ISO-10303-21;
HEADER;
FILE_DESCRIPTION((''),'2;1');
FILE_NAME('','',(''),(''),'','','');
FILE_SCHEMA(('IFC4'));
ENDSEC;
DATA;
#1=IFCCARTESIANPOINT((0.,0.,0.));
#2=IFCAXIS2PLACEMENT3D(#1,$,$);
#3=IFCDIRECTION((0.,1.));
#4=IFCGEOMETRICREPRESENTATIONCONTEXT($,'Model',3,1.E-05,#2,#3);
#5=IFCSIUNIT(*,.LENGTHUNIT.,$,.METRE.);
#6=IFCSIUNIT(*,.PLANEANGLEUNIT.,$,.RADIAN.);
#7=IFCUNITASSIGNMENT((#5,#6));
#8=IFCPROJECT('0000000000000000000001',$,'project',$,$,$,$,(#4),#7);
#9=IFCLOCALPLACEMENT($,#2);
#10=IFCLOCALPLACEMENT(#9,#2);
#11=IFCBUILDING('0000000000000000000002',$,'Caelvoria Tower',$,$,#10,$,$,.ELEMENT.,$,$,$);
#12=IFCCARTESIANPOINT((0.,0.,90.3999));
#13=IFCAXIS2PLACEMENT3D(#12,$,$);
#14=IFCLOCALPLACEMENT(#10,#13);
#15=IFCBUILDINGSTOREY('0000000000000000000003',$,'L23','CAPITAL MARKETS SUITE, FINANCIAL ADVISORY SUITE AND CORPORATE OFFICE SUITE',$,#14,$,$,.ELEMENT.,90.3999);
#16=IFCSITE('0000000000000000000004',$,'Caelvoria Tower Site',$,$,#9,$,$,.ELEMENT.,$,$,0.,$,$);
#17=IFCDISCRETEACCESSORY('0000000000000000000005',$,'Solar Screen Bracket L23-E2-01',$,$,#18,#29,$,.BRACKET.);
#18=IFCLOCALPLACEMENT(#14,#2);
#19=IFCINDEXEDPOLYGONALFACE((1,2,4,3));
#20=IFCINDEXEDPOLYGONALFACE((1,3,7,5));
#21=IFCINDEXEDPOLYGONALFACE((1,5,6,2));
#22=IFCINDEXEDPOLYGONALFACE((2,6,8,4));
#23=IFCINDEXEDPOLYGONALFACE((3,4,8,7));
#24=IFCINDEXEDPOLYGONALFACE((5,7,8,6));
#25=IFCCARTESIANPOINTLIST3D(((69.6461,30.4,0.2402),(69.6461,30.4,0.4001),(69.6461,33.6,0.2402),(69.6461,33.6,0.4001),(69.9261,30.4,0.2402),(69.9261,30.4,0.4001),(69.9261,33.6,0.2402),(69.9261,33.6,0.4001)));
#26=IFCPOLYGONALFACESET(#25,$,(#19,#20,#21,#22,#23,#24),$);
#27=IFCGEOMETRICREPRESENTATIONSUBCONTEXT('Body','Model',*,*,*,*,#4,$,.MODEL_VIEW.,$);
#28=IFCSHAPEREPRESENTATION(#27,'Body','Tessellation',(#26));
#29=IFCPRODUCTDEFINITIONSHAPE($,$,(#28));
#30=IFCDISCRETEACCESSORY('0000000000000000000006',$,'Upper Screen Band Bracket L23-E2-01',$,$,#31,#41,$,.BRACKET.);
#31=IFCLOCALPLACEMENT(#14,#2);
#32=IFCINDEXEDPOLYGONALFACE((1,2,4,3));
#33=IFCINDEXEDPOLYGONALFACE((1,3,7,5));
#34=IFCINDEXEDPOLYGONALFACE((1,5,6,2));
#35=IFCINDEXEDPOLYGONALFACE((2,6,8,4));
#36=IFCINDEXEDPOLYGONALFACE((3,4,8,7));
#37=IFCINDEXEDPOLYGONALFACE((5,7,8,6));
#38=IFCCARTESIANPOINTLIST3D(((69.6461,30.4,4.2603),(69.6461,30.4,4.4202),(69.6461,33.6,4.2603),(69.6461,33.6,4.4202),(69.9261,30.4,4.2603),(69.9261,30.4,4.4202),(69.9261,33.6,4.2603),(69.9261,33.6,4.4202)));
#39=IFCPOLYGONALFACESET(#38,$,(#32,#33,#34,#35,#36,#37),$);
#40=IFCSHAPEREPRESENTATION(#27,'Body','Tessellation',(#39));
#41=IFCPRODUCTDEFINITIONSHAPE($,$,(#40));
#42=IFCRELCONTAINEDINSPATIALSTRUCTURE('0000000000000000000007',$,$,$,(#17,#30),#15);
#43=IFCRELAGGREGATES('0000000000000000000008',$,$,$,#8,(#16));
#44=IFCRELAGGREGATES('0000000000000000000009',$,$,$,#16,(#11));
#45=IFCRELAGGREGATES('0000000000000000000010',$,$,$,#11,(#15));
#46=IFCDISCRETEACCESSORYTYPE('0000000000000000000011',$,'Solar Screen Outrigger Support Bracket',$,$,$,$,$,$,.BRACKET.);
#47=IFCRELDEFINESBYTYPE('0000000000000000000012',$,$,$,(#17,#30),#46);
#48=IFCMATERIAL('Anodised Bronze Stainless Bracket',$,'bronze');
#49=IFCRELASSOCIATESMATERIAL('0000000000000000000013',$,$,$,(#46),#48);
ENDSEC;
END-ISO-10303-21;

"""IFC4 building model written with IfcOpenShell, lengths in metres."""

from ifc_helpers import new_model, si_unit, direction, frame, origin, origin_2d, place, context, subcontext, project, spatial, rectangle, extrude, material, type_object, element, save


model = new_model("IFC4")

# Units and contexts
model_context = context("Model", 3, precision=1e-05, world=origin(), true_north=direction((0.0, 1.0)))
body_context = subcontext(model_context, "Body", "Model", "MODEL_VIEW")
ifc_project = project(units=[si_unit("LENGTHUNIT", "METRE"), si_unit("PLANEANGLEUNIT", "RADIAN")], contexts=[model_context])

# Site, building, storey
site_placement = place(None, origin())
site = spatial("IfcSite", under=ifc_project, at=site_placement, Name="Caelvoria Tower Site", CompositionType="ELEMENT", RefElevation=0.0)
building_placement = place(site_placement, origin())
building = spatial("IfcBuilding", under=site, at=building_placement, Name="Caelvoria Tower", CompositionType="ELEMENT")
storey_placement = place(building_placement, frame((0.0, 0.0, 90.3999)))
storey = spatial("IfcBuildingStorey", under=building, at=storey_placement, Name="L23", Description="CAPITAL MARKETS SUITE, FINANCIAL ADVISORY SUITE AND CORPORATE OFFICE SUITE", CompositionType="ELEMENT", Elevation=90.3999)

# Discrete accessories
ifc_material_1 = material(Name="Anodised Bronze Stainless Bracket", Category="bronze")
discrete_accessory_type = type_object("IfcDiscreteAccessoryType", Name="Solar Screen Outrigger Support Bracket", PredefinedType="BRACKET", material=ifc_material_1)
for number, where, z_axis, x_axis, name in (
    (1, (69.7861, 32.0, 0.2402), (0.0, 0.0, 1.0), (0.0, 1.0, 0.0), "Solar Screen Bracket L23-E2-01"),
    (2, (69.7861, 32.0, 4.2603), (0.0, 0.0, 1.0), (0.0, 1.0, 0.0), "Upper Screen Band Bracket L23-E2-01"),
):
    element("IfcDiscreteAccessory", number, at=place(storey_placement, frame(where, z_axis=z_axis, x_axis=x_axis)), inside=storey, type_object=discrete_accessory_type, Name=name, PredefinedType="BRACKET", context=body_context, shape_type="SweptSolid", body=[
        extrude(rectangle(XDim=3.2, YDim=0.28, at=origin_2d()), origin(), (0.0, 0.0, 1.0), 0.1599),
    ])

save(model, "model.ifc")
